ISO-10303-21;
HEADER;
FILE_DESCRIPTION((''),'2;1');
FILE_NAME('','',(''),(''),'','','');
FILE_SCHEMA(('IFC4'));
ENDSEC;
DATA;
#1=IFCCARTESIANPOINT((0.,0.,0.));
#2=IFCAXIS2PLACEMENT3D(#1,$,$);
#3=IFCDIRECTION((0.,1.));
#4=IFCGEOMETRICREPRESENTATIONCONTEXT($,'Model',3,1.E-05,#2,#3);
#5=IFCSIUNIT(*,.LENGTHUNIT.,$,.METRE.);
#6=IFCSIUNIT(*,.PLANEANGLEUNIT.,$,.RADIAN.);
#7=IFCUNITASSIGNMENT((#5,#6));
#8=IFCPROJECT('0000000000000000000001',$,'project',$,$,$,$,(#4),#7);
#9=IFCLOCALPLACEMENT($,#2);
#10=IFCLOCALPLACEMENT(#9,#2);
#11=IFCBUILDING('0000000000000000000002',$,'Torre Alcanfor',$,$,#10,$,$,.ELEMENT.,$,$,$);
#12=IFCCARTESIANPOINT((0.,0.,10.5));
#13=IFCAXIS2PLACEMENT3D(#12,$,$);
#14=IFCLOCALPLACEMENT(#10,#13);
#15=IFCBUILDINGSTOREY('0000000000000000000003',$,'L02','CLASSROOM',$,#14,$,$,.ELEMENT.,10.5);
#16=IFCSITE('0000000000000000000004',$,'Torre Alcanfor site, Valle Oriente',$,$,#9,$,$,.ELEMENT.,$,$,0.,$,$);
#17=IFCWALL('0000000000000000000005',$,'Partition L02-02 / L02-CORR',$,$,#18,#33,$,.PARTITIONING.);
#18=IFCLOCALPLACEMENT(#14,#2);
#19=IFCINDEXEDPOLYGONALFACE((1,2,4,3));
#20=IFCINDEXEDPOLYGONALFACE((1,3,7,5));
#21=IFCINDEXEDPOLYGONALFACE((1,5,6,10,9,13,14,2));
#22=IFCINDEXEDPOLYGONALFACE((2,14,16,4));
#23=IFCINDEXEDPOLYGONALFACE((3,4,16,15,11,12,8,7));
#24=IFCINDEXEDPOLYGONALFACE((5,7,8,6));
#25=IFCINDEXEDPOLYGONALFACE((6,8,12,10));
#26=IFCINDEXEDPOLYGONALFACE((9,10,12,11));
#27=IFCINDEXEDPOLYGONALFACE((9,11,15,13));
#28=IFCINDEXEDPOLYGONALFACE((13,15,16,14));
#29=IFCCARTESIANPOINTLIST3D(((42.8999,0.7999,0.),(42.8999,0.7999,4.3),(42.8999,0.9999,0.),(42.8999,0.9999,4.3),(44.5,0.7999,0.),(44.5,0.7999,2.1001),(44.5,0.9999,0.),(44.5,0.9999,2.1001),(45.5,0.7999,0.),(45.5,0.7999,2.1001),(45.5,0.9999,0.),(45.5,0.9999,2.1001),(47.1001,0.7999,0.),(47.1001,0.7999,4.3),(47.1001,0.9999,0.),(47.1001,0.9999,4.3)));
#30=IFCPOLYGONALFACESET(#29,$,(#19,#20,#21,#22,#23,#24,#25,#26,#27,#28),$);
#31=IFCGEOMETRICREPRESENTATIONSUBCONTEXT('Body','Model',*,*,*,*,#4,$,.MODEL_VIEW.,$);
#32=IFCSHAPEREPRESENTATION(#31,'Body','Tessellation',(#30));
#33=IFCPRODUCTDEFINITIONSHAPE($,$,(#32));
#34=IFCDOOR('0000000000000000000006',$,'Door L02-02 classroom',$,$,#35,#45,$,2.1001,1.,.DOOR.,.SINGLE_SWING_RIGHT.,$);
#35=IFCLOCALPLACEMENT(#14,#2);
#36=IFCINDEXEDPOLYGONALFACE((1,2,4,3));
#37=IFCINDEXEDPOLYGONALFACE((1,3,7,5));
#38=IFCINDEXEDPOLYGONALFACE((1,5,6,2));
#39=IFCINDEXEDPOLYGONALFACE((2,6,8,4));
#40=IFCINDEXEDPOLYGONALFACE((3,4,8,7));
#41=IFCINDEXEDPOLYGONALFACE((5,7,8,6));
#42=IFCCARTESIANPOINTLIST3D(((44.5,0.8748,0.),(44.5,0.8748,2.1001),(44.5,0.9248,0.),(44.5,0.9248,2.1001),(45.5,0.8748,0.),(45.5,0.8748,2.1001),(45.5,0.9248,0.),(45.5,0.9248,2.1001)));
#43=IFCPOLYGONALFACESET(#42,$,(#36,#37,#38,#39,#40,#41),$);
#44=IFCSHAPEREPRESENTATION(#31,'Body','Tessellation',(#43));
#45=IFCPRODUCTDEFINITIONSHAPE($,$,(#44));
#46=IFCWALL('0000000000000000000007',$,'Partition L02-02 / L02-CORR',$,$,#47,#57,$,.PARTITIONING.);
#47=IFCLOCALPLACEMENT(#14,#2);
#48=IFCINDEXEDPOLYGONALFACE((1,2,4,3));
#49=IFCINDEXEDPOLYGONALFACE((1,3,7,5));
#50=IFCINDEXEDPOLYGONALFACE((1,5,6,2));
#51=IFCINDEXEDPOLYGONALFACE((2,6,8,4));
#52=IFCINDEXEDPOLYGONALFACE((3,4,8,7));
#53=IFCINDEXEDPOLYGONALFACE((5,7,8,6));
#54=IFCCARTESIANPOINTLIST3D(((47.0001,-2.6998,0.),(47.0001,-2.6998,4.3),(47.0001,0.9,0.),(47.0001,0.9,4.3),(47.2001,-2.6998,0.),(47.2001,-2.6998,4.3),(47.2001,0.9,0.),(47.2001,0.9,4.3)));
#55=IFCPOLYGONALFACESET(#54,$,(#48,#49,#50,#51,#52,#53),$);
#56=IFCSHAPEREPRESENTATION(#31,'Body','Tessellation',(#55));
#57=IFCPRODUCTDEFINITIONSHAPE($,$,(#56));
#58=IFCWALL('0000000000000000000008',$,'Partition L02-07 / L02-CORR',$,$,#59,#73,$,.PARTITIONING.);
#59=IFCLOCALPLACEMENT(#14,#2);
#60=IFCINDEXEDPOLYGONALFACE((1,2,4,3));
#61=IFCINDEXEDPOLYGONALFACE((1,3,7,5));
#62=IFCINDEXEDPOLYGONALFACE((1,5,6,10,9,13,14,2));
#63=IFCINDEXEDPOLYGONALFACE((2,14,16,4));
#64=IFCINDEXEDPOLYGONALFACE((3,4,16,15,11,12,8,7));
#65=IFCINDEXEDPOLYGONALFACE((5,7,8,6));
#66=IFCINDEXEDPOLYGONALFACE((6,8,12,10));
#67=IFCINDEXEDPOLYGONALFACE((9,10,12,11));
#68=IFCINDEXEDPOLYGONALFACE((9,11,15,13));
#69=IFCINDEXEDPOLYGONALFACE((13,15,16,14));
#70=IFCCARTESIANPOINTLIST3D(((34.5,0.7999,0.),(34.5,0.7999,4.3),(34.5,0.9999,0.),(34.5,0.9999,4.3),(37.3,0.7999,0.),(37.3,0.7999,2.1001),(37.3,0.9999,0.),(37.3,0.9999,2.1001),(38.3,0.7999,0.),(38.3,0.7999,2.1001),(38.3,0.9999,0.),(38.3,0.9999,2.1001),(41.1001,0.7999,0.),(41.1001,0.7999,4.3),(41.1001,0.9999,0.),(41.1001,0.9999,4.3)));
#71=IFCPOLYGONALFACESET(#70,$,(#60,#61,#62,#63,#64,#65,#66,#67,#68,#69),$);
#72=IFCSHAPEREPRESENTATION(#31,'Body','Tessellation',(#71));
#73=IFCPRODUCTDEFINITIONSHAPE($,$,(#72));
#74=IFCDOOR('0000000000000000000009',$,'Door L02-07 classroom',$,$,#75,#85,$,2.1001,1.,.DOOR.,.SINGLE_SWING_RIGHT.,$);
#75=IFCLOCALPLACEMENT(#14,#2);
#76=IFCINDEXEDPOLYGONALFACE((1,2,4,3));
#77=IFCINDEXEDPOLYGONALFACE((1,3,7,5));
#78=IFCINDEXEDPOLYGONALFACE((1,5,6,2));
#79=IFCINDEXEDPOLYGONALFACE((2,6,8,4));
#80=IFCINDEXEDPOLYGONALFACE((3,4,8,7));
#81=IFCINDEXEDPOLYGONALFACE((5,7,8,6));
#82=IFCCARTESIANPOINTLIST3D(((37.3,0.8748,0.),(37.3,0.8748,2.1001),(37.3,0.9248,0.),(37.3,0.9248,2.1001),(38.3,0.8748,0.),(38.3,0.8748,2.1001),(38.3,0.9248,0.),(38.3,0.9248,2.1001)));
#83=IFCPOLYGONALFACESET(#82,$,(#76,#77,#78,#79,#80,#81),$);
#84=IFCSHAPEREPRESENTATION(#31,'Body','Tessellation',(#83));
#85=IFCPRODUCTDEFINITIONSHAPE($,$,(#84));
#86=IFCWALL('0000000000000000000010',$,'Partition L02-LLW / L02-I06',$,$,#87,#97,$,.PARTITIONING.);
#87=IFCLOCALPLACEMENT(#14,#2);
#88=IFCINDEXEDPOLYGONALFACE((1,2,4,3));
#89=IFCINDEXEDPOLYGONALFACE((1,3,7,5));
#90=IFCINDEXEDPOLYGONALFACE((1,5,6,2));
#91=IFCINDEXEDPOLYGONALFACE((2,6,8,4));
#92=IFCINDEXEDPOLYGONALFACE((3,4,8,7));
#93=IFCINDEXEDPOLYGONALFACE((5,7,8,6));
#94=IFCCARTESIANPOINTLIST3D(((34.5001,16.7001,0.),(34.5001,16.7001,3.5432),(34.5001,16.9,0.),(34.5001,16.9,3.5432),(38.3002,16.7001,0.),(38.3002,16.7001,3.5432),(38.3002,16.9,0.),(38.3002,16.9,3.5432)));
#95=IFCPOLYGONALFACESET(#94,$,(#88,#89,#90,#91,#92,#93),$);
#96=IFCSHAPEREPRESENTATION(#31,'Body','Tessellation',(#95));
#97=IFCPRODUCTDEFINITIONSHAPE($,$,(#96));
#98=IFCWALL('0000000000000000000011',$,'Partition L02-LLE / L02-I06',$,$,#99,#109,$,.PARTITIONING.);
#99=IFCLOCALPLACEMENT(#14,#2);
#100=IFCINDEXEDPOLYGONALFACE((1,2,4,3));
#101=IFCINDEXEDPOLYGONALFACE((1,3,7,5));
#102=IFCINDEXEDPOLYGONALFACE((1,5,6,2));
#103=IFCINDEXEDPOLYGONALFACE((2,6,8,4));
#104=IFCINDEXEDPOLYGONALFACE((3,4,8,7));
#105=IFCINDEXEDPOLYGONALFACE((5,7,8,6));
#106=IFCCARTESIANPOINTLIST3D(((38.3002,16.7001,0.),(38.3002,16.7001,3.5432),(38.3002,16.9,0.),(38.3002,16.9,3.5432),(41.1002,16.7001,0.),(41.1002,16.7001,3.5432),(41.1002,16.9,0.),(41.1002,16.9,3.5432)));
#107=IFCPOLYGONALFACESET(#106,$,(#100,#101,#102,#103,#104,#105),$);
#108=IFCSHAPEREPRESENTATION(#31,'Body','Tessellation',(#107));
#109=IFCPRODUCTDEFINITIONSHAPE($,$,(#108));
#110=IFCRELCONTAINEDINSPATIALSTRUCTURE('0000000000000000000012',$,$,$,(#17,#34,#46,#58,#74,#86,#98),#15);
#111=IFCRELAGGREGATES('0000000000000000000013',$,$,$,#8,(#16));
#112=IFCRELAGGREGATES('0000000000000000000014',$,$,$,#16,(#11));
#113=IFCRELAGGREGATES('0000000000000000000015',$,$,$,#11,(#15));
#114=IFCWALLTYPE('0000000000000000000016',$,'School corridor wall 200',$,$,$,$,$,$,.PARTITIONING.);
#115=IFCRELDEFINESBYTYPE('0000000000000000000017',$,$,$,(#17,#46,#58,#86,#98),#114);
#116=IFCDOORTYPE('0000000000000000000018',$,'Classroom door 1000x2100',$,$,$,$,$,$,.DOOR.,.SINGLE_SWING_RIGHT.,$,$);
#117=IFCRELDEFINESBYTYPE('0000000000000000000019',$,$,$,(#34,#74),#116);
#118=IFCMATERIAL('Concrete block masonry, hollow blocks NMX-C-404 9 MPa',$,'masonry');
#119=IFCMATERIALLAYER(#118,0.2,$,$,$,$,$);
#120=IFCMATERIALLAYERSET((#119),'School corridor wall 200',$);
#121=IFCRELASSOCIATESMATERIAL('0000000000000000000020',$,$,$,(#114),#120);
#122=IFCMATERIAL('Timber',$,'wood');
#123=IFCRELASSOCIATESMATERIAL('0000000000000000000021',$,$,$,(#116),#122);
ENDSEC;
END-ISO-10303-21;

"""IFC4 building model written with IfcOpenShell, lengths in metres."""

from ifc_helpers import new_model, si_unit, direction, frame, frame_2d, origin, place, context, subcontext, project, spatial, rectangle, extrude, material, layer, layer_set, type_object, element, fill, save


model = new_model("IFC4")

# Units and contexts
model_context = context("Model", 3, precision=1e-05, world=origin(), true_north=direction((0.0, 1.0)))
body_context = subcontext(model_context, "Body", "Model", "MODEL_VIEW")
ifc_project = project(units=[si_unit("LENGTHUNIT", "METRE"), si_unit("PLANEANGLEUNIT", "RADIAN")], contexts=[model_context])

# Site, building, storey
site_placement = place(None, origin())
site = spatial("IfcSite", under=ifc_project, at=site_placement, Name="Torre Alcanfor site, Valle Oriente", CompositionType="ELEMENT", RefElevation=0.0)
building_placement = place(site_placement, origin())
building = spatial("IfcBuilding", under=site, at=building_placement, Name="Torre Alcanfor", CompositionType="ELEMENT")
storey_placement = place(building_placement, frame((0.0, 0.0, 10.5)))
storey = spatial("IfcBuildingStorey", under=building, at=storey_placement, Name="L02", Description="CLASSROOM", CompositionType="ELEMENT", Elevation=10.5)

# Wall, opening, door
ifc_material_1 = material(Name="Concrete block masonry, hollow blocks NMX-C-404 9 MPa", Category="masonry")
ifc_layer_1 = layer(ifc_material_1, 0.2)
ifc_layer_set_1 = layer_set([ifc_layer_1], Name="School corridor wall 200")
wall_type_1 = type_object("IfcWallType", Name="School corridor wall 200", PredefinedType="PARTITIONING", material=ifc_layer_set_1)
wall_1_placement = place(storey_placement, frame((42.8999, 0.8999, 0.0), z_axis=(0.0, 0.0, 1.0), x_axis=(1.0, 0.0, 0.0)))
wall_1 = element("IfcWall", 1, at=wall_1_placement, inside=storey, type_object=wall_type_1, Name="Partition L02-02 / L02-CORR", PredefinedType="PARTITIONING", context=body_context, shape_type="SweptSolid", body=[
    extrude(rectangle(XDim=4.2002, YDim=0.2, at=frame_2d((2.1001, 0.0))), origin(), (0.0, 0.0, 1.0), 4.3),
])
opening_1_placement = place(wall_1_placement, frame((1.6001, 0.0, 0.0)))
opening_1 = element("IfcOpeningElement", 2, at=opening_1_placement, cuts=wall_1, PredefinedType="OPENING", context=body_context, shape_type="SweptSolid", body=[
    extrude(rectangle(XDim=1.0, YDim=2.1001, at=frame_2d((0.5, 1.05))), frame((0.0, 0.1099, 0.0), z_axis=(0.0, -1.0, 0.0), x_axis=(1.0, 0.0, 0.0)), (0.0, 0.0, 1.0), 0.22),
])
ifc_material_2 = material(Name="Timber", Category="wood")
door_type = type_object("IfcDoorType", Name="Classroom door 1000x2100", OperationType="SINGLE_SWING_RIGHT", PredefinedType="DOOR", material=ifc_material_2)
door_1_placement = place(opening_1_placement, frame((1.0, 0.0, 0.0), z_axis=(0.0, 0.0, 1.0), x_axis=(-1.0, 0.0, 0.0)))
door_1 = element("IfcDoor", 3, at=door_1_placement, inside=storey, type_object=door_type, Name="Door L02-02 classroom", OperationType="SINGLE_SWING_RIGHT", OverallHeight=2.1001, OverallWidth=1.0, PredefinedType="DOOR", context=body_context, shape_type="SweptSolid", body=[
    extrude(rectangle(XDim=1.0, YDim=2.1001, at=frame_2d((0.5, 1.05))), frame((0.0, 0.0251, 0.0), z_axis=(0.0, -1.0, 0.0), x_axis=(1.0, 0.0, 0.0)), (0.0, 0.0, 1.0), 0.05),
])
fill(opening_1, door_1)

# Wall
wall_2_placement = place(storey_placement, frame((47.1001, 0.8999, 0.0), z_axis=(0.0, 0.0, 1.0), x_axis=(0.0, -1.0, 0.0)))
element("IfcWall", 4, at=wall_2_placement, inside=storey, type_object=wall_type_1, Name="Partition L02-02 / L02-CORR", PredefinedType="PARTITIONING", context=body_context, shape_type="SweptSolid", body=[
    extrude(rectangle(XDim=3.5999, YDim=0.2, at=frame_2d((1.7998, 0.0))), origin(), (0.0, 0.0, 1.0), 4.3),
])

# Wall, opening, door
wall_3_placement = place(storey_placement, frame((34.5, 0.8999, 0.0), z_axis=(0.0, 0.0, 1.0), x_axis=(1.0, 0.0, 0.0)))
wall_3 = element("IfcWall", 5, at=wall_3_placement, inside=storey, type_object=wall_type_1, Name="Partition L02-07 / L02-CORR", PredefinedType="PARTITIONING", context=body_context, shape_type="SweptSolid", body=[
    extrude(rectangle(XDim=6.6001, YDim=0.2, at=frame_2d((3.3, 0.0))), origin(), (0.0, 0.0, 1.0), 4.3),
])
opening_2_placement = place(wall_3_placement, frame((2.8, 0.0, 0.0)))
opening_2 = element("IfcOpeningElement", 6, at=opening_2_placement, cuts=wall_3, PredefinedType="OPENING", context=body_context, shape_type="SweptSolid", body=[
    extrude(rectangle(XDim=1.0, YDim=2.1001, at=frame_2d((0.5, 1.05))), frame((0.0, 0.1099, 0.0), z_axis=(0.0, -1.0, 0.0), x_axis=(1.0, 0.0, 0.0)), (0.0, 0.0, 1.0), 0.22),
])
door_2_placement = place(opening_2_placement, frame((1.0, 0.0, 0.0), z_axis=(0.0, 0.0, 1.0), x_axis=(-1.0, 0.0, 0.0)))
door_2 = element("IfcDoor", 7, at=door_2_placement, inside=storey, type_object=door_type, Name="Door L02-07 classroom", OperationType="SINGLE_SWING_RIGHT", OverallHeight=2.1001, OverallWidth=1.0, PredefinedType="DOOR", context=body_context, shape_type="SweptSolid", body=[
    extrude(rectangle(XDim=1.0, YDim=2.1001, at=frame_2d((0.5, 1.05))), frame((0.0, 0.0251, 0.0), z_axis=(0.0, -1.0, 0.0), x_axis=(1.0, 0.0, 0.0)), (0.0, 0.0, 1.0), 0.05),
])
fill(opening_2, door_2)

# Walls
wall_4_placement = place(storey_placement, frame((38.3, 16.8, 0.0), z_axis=(0.0, 0.0, 1.0), x_axis=(-1.0, 0.0, 0.0)))
element("IfcWall", 8, at=wall_4_placement, inside=storey, type_object=wall_type_1, Name="Partition L02-LLW / L02-I06", PredefinedType="PARTITIONING", context=body_context, shape_type="SweptSolid", body=[
    extrude(rectangle(XDim=3.8, YDim=0.2, at=frame_2d((1.8999, 0.0))), origin(), (0.0, 0.0, 1.0), 3.5432),
])
wall_5_placement = place(storey_placement, frame((41.1001, 16.8, 0.0), z_axis=(0.0, 0.0, 1.0), x_axis=(-1.0, 0.0, 0.0)))
element("IfcWall", 9, at=wall_5_placement, inside=storey, type_object=wall_type_1, Name="Partition L02-LLE / L02-I06", PredefinedType="PARTITIONING", context=body_context, shape_type="SweptSolid", body=[
    extrude(rectangle(XDim=2.8, YDim=0.2, at=frame_2d((1.3999, 0.0))), origin(), (0.0, 0.0, 1.0), 3.5432),
])

save(model, "model.ifc")
